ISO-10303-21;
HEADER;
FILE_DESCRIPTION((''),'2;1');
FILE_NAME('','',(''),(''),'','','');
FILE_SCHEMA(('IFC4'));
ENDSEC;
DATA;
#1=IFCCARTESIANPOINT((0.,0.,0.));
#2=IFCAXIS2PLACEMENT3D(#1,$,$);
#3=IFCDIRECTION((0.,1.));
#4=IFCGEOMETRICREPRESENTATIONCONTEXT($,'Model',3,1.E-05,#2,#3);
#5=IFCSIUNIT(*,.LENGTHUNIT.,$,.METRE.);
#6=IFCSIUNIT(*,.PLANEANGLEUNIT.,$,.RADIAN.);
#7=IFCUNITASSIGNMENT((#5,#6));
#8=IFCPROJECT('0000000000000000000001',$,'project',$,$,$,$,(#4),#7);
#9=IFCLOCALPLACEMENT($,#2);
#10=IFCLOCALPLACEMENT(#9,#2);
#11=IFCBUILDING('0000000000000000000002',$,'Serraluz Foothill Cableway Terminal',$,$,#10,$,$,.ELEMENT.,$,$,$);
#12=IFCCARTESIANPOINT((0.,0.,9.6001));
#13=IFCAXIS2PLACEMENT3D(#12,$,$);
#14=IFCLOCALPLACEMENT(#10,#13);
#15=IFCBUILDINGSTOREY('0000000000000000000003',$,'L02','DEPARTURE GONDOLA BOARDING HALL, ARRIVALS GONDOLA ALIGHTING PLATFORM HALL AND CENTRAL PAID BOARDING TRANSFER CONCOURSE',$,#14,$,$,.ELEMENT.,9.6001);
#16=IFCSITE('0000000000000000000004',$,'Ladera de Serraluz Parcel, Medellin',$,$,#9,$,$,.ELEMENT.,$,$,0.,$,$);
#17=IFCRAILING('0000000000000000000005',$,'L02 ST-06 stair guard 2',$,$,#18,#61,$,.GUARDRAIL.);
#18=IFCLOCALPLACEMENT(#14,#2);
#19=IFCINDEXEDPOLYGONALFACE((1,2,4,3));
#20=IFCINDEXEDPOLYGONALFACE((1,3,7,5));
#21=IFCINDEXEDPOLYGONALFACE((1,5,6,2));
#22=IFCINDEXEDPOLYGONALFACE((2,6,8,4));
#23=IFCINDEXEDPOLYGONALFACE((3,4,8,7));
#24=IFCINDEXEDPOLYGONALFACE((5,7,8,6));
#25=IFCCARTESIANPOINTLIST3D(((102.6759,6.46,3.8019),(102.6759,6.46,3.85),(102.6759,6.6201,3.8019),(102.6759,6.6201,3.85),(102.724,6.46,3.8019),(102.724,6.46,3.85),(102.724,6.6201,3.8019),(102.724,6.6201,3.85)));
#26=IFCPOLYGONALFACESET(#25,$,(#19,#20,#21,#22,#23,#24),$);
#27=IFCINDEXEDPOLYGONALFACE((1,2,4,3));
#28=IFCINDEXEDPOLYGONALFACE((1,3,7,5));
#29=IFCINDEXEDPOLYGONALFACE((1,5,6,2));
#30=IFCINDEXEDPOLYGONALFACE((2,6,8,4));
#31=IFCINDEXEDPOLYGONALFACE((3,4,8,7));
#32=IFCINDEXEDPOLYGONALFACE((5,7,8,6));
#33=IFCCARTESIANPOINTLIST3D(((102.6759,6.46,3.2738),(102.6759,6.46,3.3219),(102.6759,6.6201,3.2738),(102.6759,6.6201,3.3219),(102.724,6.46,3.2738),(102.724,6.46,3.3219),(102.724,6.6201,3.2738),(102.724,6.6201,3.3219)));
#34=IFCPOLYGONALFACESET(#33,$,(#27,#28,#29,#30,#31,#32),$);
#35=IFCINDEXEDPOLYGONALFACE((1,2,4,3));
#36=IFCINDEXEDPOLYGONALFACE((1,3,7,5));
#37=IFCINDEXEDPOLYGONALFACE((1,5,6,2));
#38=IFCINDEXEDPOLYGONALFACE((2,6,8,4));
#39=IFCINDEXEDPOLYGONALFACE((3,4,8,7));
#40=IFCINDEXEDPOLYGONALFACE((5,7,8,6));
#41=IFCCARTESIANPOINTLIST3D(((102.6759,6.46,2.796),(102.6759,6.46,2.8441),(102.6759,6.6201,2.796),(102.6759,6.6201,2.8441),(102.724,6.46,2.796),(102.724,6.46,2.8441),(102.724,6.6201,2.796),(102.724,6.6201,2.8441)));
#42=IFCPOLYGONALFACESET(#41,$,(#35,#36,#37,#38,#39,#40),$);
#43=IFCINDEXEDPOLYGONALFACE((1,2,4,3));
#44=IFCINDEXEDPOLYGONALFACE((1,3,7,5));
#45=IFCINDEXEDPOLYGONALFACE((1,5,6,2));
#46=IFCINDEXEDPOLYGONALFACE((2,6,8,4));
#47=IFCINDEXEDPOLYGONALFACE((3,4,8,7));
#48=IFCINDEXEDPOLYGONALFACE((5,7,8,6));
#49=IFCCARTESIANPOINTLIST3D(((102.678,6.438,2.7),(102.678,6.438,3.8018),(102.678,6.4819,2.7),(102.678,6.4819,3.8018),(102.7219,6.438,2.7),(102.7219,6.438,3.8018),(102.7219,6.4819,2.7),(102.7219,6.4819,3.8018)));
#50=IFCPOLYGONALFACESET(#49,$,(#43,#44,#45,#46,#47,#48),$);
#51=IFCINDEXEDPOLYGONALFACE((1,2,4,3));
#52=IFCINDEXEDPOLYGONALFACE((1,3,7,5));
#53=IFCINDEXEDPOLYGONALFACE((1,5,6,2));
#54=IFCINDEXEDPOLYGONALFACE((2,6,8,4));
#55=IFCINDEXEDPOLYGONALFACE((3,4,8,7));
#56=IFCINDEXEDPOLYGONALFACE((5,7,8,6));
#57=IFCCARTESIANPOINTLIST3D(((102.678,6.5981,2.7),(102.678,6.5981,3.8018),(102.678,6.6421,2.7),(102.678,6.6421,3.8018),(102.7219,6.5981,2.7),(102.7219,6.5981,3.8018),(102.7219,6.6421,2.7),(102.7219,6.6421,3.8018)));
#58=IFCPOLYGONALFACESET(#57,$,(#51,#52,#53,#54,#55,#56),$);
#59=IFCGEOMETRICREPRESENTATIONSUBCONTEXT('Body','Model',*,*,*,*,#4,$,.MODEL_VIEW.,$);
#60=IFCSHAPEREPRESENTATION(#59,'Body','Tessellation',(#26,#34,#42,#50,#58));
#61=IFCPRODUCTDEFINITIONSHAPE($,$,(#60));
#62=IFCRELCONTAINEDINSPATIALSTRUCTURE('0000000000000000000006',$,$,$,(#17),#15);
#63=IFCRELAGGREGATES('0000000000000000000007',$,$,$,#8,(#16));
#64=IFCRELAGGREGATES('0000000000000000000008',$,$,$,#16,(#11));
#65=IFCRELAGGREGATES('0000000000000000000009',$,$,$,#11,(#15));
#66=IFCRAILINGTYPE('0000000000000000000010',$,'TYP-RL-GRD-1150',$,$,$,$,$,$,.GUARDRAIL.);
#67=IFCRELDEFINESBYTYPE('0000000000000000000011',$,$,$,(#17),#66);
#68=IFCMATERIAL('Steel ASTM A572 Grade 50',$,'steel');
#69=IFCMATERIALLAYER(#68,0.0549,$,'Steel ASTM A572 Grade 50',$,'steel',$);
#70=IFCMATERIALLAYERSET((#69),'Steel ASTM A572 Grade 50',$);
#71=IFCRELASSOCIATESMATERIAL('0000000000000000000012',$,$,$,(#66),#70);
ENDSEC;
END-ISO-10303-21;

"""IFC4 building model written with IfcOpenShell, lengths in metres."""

from ifc_helpers import new_model, si_unit, direction, frame, origin, origin_2d, place, context, subcontext, project, spatial, rectangle, extrude, material, layer, layer_set, type_object, element, save


model = new_model("IFC4")

# Units and contexts
model_context = context("Model", 3, precision=1e-05, world=origin(), true_north=direction((0.0, 1.0)))
body_context = subcontext(model_context, "Body", "Model", "MODEL_VIEW")
ifc_project = project(units=[si_unit("LENGTHUNIT", "METRE"), si_unit("PLANEANGLEUNIT", "RADIAN")], contexts=[model_context])

# Site, building, storey
site_placement = place(None, origin())
site = spatial("IfcSite", under=ifc_project, at=site_placement, Name="Ladera de Serraluz Parcel, Medellin", CompositionType="ELEMENT", RefElevation=0.0)
building_placement = place(site_placement, origin())
building = spatial("IfcBuilding", under=site, at=building_placement, Name="Serraluz Foothill Cableway Terminal", CompositionType="ELEMENT")
storey_placement = place(building_placement, frame((0.0, 0.0, 9.6001)))
storey = spatial("IfcBuildingStorey", under=building, at=storey_placement, Name="L02", Description="DEPARTURE GONDOLA BOARDING HALL, ARRIVALS GONDOLA ALIGHTING PLATFORM HALL AND CENTRAL PAID BOARDING TRANSFER CONCOURSE", CompositionType="ELEMENT", Elevation=9.6001)

# Shared definitions
ifc_material_1 = material(Name="Steel ASTM A572 Grade 50", Category="steel")

# Railing
ifc_layer_1 = layer(ifc_material_1, 0.0549, Name="Steel ASTM A572 Grade 50", Category="steel")
ifc_layer_set_1 = layer_set([ifc_layer_1], Name="Steel ASTM A572 Grade 50")
railing_type_1 = type_object("IfcRailingType", Name="TYP-RL-GRD-1150", PredefinedType="GUARDRAIL", material=ifc_layer_set_1)
railing_1_placement = place(storey_placement, frame((102.7, 6.46, 2.7)))
element("IfcRailing", 1, at=railing_1_placement, inside=storey, type_object=railing_type_1, Name="L02 ST-06 stair guard 2", PredefinedType="GUARDRAIL", context=body_context, shape_type="SweptSolid", body=[
    extrude(rectangle(XDim=0.0481, YDim=0.0481, at=origin_2d()), frame((0.0, 0.0, 1.126), z_axis=(0.0, 1.0, 0.0), x_axis=(-1.0, 0.0, 0.0)), (0.0, 0.0, 1.0), 0.1602),
    extrude(rectangle(XDim=0.0481, YDim=0.0481, at=origin_2d()), frame((0.0, 0.0, 0.5979), z_axis=(0.0, 1.0, 0.0), x_axis=(-1.0, 0.0, 0.0)), (0.0, 0.0, 1.0), 0.1602),
    extrude(rectangle(XDim=0.0481, YDim=0.0481, at=origin_2d()), frame((0.0, 0.0, 0.1201), z_axis=(0.0, 1.0, 0.0), x_axis=(-1.0, 0.0, 0.0)), (0.0, 0.0, 1.0), 0.1602),
    extrude(rectangle(XDim=0.0439, YDim=0.0439, at=origin_2d()), origin(), (0.0, 0.0, 1.0), 1.1018),
    extrude(rectangle(XDim=0.0439, YDim=0.0439, at=origin_2d()), frame((0.0, 0.1602, 0.0)), (0.0, 0.0, 1.0), 1.1018),
])

save(model, "model.ifc")
